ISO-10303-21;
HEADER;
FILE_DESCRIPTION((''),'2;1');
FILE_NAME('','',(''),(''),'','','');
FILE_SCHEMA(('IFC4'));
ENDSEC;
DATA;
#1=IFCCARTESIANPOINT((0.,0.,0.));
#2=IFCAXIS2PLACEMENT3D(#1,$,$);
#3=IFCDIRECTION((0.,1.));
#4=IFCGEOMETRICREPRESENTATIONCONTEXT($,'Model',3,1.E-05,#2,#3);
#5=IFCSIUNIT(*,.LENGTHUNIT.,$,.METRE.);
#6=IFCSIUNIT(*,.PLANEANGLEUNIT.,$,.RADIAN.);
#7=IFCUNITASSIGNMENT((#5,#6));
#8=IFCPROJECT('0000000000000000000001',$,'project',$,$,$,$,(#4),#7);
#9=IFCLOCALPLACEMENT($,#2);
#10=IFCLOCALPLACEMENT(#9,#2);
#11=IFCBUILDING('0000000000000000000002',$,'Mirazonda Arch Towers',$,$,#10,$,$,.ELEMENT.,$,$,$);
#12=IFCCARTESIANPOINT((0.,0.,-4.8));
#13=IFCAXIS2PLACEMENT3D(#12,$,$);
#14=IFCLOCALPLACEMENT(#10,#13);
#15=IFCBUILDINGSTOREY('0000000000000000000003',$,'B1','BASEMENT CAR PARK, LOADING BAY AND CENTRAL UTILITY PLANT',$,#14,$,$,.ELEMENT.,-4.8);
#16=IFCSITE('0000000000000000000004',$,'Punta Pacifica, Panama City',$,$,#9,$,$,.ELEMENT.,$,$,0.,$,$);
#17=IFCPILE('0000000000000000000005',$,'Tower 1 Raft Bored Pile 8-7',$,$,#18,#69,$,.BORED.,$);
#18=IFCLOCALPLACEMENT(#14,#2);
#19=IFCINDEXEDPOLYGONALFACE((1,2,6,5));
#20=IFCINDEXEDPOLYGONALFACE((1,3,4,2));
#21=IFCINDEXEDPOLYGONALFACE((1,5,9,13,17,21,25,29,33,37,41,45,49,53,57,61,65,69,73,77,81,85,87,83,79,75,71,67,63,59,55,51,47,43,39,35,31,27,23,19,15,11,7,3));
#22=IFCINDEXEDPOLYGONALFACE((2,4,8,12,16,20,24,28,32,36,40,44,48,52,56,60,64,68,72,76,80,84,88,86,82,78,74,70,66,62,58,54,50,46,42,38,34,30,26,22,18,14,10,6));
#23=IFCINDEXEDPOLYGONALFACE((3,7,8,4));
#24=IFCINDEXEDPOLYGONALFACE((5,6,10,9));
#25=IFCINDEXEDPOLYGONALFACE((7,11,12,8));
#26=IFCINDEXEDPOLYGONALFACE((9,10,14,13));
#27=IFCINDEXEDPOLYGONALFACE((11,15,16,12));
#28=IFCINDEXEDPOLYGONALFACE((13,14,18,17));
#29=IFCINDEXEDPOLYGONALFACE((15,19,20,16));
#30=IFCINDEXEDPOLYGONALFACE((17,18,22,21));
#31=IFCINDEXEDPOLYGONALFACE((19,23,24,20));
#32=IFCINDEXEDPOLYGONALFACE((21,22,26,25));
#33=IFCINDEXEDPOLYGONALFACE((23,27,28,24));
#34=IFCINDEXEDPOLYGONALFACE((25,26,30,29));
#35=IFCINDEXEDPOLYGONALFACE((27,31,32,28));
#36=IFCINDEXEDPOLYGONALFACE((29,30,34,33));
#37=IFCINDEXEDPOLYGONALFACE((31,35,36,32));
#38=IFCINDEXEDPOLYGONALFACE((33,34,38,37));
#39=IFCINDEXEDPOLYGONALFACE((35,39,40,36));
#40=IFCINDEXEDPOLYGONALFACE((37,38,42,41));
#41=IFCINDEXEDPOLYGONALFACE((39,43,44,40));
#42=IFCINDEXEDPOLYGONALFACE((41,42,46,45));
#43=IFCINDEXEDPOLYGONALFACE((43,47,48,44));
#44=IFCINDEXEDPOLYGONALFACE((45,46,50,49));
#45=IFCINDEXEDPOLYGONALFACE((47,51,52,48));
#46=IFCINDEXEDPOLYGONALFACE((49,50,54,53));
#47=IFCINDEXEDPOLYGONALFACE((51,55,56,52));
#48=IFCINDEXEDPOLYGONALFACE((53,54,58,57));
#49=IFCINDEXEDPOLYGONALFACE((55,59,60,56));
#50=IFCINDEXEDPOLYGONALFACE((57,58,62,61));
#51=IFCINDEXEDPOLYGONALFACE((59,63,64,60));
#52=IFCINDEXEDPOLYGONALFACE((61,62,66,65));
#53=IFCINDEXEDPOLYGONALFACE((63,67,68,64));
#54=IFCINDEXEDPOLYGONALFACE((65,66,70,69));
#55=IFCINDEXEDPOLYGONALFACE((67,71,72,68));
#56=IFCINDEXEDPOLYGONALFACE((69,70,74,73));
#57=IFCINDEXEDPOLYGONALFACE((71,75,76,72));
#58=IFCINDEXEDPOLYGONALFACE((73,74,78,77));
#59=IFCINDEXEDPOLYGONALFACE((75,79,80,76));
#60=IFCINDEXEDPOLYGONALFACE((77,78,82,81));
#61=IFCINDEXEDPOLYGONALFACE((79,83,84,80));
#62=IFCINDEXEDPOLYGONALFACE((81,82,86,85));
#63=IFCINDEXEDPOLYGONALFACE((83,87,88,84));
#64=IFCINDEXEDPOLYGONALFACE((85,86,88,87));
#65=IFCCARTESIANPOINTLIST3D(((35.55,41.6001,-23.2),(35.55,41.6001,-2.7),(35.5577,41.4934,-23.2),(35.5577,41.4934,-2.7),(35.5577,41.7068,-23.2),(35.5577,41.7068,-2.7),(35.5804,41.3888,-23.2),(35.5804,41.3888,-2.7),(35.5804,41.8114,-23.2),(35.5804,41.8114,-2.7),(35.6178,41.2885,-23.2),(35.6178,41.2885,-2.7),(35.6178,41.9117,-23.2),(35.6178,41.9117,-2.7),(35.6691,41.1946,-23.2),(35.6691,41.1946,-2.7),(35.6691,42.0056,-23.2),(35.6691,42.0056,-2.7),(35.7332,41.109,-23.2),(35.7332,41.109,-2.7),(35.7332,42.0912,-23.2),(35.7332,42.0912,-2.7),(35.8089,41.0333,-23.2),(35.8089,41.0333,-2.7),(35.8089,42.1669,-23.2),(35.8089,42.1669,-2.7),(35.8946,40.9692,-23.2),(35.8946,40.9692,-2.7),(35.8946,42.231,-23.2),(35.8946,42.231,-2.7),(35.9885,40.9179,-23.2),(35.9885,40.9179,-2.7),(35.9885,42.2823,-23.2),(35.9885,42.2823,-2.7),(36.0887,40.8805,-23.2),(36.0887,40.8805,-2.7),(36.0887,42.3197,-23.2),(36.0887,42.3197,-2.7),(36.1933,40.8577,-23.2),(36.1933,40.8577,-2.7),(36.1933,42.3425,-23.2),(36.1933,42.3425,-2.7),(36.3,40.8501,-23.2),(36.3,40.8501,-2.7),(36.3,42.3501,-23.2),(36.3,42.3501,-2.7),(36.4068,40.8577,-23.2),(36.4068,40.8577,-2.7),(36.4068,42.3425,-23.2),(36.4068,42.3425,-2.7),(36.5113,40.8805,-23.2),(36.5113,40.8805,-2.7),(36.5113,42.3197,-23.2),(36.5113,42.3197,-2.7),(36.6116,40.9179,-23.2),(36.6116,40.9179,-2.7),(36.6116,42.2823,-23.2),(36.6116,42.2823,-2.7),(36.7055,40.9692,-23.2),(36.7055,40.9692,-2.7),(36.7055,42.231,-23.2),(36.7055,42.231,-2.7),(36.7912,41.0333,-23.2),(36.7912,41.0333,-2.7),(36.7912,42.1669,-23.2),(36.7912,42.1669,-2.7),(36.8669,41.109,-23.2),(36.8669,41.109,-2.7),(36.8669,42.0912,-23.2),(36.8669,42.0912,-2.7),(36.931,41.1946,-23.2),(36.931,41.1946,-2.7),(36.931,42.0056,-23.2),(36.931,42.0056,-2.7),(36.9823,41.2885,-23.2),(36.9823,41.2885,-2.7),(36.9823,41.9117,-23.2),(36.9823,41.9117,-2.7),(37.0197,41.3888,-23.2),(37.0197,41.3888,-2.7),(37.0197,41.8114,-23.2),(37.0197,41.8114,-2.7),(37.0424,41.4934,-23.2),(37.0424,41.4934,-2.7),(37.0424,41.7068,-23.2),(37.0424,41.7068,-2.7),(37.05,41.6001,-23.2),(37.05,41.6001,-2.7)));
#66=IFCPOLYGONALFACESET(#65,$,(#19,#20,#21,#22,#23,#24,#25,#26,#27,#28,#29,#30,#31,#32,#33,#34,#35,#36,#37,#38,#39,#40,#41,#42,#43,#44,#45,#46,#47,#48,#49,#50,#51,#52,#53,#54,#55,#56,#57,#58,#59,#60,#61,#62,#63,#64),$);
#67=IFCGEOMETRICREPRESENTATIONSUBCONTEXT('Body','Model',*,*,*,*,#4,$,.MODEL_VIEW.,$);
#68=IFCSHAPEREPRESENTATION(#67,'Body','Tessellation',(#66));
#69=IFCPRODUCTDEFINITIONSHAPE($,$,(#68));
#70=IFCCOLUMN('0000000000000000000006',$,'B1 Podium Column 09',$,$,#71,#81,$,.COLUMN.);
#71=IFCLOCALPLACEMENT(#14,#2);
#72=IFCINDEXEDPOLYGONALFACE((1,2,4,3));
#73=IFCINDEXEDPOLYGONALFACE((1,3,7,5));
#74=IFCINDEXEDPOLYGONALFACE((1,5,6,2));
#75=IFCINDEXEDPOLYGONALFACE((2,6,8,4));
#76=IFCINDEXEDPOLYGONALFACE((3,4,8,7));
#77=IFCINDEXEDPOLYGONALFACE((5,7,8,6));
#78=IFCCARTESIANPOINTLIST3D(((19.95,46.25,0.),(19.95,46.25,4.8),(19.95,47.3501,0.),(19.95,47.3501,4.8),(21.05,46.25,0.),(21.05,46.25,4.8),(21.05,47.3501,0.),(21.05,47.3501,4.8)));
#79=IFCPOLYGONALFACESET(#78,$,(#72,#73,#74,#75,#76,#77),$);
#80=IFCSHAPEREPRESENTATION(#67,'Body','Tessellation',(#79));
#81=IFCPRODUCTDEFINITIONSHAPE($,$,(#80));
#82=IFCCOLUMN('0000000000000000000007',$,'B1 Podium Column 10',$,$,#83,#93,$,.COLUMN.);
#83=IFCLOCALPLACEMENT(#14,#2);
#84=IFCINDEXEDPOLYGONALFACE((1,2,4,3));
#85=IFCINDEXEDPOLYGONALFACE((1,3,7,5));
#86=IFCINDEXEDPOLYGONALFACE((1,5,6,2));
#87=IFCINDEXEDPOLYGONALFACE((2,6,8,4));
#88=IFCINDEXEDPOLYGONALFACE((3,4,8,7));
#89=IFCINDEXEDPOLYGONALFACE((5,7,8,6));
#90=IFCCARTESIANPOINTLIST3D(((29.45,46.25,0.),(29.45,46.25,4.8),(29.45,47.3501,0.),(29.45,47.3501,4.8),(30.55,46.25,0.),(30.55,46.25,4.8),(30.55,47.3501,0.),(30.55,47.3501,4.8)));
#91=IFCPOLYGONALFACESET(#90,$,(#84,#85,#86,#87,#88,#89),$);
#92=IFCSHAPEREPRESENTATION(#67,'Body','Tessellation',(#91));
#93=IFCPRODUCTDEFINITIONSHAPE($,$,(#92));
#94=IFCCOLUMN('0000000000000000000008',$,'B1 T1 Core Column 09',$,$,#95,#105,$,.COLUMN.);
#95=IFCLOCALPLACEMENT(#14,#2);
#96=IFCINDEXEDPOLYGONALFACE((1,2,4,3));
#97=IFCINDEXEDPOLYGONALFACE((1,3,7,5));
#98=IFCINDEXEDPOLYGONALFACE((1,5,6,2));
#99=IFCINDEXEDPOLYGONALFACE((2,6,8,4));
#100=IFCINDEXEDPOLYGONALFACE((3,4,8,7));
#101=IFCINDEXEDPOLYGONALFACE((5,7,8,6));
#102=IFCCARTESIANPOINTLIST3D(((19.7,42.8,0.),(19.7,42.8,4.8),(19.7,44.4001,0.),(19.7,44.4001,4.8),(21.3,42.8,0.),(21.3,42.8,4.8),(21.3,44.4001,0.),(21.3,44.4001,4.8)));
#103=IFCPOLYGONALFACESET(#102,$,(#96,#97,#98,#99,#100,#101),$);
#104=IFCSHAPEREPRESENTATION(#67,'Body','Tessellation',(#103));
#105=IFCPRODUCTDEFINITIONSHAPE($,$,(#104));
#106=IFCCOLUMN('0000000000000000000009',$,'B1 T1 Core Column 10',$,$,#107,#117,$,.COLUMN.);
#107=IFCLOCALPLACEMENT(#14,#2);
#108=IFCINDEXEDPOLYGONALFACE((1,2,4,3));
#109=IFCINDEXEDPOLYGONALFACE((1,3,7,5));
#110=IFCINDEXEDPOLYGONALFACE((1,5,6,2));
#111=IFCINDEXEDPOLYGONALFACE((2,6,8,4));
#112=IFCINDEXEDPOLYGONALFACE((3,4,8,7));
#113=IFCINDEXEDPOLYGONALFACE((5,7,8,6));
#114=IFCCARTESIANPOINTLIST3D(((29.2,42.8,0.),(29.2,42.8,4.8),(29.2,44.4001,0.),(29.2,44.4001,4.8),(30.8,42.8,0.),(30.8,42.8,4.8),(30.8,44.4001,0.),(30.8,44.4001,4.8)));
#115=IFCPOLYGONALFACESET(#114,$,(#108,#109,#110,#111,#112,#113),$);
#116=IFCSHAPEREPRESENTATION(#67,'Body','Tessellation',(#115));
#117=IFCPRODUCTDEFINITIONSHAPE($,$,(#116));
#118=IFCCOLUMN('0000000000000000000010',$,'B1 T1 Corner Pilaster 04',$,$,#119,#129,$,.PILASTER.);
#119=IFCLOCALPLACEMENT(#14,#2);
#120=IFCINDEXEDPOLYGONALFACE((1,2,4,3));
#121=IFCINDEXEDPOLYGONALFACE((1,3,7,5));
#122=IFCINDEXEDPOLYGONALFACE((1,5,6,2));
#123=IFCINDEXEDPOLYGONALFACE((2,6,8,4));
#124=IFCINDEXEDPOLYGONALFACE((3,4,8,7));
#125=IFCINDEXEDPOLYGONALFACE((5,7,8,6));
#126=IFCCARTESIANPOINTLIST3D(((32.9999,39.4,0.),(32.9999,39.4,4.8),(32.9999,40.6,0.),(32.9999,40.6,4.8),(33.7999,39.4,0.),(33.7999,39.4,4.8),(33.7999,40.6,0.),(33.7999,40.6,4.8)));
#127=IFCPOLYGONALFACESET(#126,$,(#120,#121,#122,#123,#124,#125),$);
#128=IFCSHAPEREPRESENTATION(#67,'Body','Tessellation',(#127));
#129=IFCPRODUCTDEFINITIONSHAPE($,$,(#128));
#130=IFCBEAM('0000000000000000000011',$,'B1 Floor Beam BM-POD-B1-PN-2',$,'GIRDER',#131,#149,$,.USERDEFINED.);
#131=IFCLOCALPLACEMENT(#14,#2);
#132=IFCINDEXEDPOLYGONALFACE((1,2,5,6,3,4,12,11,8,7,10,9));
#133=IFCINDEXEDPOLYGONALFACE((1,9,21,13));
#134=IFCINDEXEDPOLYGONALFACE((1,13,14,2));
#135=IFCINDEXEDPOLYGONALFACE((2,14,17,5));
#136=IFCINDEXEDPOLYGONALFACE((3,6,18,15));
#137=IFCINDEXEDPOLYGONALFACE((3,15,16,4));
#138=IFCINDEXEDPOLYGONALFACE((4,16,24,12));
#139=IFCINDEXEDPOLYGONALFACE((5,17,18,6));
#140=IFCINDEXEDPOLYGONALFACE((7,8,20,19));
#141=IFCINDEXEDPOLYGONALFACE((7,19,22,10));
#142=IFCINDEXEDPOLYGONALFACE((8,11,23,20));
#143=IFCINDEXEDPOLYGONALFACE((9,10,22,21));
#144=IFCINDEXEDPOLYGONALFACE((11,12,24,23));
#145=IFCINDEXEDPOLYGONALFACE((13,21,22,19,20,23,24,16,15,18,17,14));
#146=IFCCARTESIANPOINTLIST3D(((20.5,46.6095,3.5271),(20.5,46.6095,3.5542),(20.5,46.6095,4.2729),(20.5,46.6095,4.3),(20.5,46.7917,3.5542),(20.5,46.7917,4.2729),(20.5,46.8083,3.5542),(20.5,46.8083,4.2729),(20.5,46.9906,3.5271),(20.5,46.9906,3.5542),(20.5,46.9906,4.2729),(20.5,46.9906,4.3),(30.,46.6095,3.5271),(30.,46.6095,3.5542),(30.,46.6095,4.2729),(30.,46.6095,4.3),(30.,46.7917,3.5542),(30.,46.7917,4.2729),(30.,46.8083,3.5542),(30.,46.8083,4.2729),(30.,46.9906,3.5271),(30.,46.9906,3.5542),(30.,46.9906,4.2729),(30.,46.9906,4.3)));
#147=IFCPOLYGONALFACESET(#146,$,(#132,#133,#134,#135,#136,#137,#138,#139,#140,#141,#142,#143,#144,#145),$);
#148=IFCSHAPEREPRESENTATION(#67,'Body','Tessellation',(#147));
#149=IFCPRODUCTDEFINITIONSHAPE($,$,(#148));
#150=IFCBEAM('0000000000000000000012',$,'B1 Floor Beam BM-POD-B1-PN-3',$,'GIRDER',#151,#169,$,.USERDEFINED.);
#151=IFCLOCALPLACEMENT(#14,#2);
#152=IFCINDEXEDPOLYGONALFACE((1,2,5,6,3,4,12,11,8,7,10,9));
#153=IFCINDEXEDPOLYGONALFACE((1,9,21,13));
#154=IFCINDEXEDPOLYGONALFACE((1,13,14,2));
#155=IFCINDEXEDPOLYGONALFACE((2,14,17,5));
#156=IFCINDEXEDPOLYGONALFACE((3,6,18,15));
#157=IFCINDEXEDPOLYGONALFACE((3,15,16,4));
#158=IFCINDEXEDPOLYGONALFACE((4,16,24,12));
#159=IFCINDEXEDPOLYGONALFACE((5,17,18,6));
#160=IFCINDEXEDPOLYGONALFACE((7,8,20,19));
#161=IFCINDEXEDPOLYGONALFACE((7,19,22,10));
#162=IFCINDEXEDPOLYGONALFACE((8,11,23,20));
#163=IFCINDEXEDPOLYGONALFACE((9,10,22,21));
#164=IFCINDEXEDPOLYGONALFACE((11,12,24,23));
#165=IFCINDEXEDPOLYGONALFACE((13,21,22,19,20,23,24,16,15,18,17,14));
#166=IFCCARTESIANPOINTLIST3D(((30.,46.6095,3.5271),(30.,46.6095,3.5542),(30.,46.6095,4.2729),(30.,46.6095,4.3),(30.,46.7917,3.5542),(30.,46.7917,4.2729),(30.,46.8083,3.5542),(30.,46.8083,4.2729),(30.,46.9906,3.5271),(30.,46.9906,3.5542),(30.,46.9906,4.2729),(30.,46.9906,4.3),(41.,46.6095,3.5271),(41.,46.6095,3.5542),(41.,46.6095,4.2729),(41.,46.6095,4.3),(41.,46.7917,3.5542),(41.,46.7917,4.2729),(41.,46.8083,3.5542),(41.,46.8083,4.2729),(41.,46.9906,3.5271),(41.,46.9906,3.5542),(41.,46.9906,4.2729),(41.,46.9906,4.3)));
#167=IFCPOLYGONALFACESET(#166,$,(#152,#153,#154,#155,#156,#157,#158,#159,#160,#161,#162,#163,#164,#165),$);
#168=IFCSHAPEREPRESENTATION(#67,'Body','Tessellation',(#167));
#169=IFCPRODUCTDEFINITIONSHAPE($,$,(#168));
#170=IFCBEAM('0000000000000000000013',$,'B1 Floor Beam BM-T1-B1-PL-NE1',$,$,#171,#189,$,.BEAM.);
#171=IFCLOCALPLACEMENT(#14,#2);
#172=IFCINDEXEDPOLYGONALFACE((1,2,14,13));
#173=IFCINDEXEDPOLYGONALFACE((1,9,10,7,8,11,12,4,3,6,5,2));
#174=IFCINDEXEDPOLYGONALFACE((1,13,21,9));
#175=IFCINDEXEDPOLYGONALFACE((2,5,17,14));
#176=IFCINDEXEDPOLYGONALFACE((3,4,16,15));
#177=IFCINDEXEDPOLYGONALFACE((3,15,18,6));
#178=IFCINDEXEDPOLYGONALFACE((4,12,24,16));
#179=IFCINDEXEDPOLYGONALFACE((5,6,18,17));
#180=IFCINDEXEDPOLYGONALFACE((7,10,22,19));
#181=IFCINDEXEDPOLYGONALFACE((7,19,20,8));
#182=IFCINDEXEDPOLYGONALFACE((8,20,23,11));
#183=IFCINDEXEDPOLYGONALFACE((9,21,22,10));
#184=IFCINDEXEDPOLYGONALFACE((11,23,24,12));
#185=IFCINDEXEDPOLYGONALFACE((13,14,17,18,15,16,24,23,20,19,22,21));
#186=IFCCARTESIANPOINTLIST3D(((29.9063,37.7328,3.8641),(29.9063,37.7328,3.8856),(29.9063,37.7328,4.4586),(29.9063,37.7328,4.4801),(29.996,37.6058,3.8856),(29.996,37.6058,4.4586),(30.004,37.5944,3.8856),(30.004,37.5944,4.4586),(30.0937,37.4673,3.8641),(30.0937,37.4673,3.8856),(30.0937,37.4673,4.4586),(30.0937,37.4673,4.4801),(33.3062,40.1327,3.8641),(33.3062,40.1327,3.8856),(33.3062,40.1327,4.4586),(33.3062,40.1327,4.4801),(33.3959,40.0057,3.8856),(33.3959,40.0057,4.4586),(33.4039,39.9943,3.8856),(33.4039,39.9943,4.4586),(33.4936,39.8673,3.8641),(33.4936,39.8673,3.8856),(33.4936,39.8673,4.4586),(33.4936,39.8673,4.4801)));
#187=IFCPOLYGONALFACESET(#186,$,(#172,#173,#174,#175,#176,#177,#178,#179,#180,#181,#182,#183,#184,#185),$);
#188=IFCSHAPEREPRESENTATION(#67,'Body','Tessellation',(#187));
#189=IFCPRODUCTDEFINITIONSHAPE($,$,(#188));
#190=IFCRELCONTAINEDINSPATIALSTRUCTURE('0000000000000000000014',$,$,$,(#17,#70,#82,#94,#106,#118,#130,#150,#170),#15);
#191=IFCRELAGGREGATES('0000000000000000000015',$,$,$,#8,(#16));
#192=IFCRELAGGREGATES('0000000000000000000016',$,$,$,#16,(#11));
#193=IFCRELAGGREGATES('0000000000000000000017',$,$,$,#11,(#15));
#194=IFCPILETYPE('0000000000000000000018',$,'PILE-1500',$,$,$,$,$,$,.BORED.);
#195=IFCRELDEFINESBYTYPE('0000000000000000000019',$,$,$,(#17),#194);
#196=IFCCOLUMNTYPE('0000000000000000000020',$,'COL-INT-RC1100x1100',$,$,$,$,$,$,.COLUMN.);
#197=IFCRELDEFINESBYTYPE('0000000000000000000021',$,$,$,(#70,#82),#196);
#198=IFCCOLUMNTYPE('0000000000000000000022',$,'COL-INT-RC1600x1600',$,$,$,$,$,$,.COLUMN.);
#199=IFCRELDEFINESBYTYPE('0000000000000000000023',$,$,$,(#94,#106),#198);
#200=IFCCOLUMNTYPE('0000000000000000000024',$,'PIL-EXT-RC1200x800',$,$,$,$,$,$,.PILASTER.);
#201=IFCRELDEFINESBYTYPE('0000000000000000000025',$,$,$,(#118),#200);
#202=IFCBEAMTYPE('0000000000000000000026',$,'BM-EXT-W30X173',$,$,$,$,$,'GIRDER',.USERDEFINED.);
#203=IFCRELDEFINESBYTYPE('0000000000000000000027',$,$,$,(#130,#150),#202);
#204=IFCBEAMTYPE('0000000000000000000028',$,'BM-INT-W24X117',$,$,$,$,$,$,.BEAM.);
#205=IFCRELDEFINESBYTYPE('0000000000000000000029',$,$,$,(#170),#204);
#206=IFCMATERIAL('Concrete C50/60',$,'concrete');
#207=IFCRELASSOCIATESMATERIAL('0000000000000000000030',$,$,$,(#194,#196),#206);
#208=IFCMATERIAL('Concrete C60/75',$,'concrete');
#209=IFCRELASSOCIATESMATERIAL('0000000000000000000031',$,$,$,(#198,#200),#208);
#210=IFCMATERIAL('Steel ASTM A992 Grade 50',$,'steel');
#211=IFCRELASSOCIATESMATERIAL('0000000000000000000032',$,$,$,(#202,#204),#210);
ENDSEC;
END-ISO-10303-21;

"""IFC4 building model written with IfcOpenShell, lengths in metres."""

from ifc_helpers import new_model, si_unit, direction, frame, origin, origin_2d, place, context, subcontext, project, spatial, rectangle, circle, i_section, extrude, material, material_profile, profile_set, type_object, element, save


model = new_model("IFC4")

# Units and contexts
model_context = context("Model", 3, precision=1e-05, world=origin(), true_north=direction((0.0, 1.0)))
body_context = subcontext(model_context, "Body", "Model", "MODEL_VIEW")
ifc_project = project(units=[si_unit("LENGTHUNIT", "METRE"), si_unit("PLANEANGLEUNIT", "RADIAN")], contexts=[model_context])

# Site, building, storey
site_placement = place(None, origin())
site = spatial("IfcSite", under=ifc_project, at=site_placement, Name="Punta Pacifica, Panama City", CompositionType="ELEMENT", RefElevation=0.0)
building_placement = place(site_placement, origin())
building = spatial("IfcBuilding", under=site, at=building_placement, Name="Mirazonda Arch Towers", CompositionType="ELEMENT")
storey_placement = place(building_placement, frame((0.0, 0.0, -4.8)))
storey = spatial("IfcBuildingStorey", under=building, at=storey_placement, Name="B1", Description="BASEMENT CAR PARK, LOADING BAY AND CENTRAL UTILITY PLANT", CompositionType="ELEMENT", Elevation=-4.8)

# Pile
ifc_material_1 = material(Name="Concrete C50/60", Category="concrete")
ifc_material_profile_1 = material_profile(ifc_material_1, circle(Radius=0.75, at=origin_2d()), Name="BORED-D1500")
ifc_profile_set_1 = profile_set([ifc_material_profile_1], Name="Concrete C50/60")
pile_type = type_object("IfcPileType", Name="PILE-1500", PredefinedType="BORED", material=ifc_profile_set_1)
for number, where, z_axis, x_axis, name in (
    (1, (36.3, 41.6001, -2.7), (0.0, 0.0, -1.0), (1.0, 0.0, 0.0), "Tower 1 Raft Bored Pile 8-7"),
):
    element("IfcPile", number, at=place(storey_placement, frame(where, z_axis=z_axis, x_axis=x_axis)), inside=storey, type_object=pile_type, Name=name, PredefinedType="BORED", context=body_context, shape_type="SweptSolid", body=[
        extrude(circle(Radius=0.75, at=origin_2d()), origin(), (0.0, 0.0, 1.0), 20.5),
    ])

# Columns
ifc_material_profile_2 = material_profile(ifc_material_1, rectangle(XDim=1.1001, YDim=1.1001, at=origin_2d()), Name="RC1100x1100")
ifc_profile_set_2 = profile_set([ifc_material_profile_2], Name="Concrete C50/60")
column_type_1 = type_object("IfcColumnType", Name="COL-INT-RC1100x1100", PredefinedType="COLUMN", material=ifc_profile_set_2)
for number, where, z_axis, x_axis, name in (
    (2, (20.5, 46.8, 0.0), (0.0, 0.0, 1.0), (1.0, 0.0, 0.0), "B1 Podium Column 09"),
    (3, (30.0, 46.8, 0.0), (0.0, 0.0, 1.0), (1.0, 0.0, 0.0), "B1 Podium Column 10"),
):
    element("IfcColumn", number, at=place(storey_placement, frame(where, z_axis=z_axis, x_axis=x_axis)), inside=storey, type_object=column_type_1, Name=name, PredefinedType="COLUMN", context=body_context, shape_type="SweptSolid", body=[
        extrude(rectangle(XDim=1.1001, YDim=1.1001, at=origin_2d()), origin(), (0.0, 0.0, 1.0), 4.8),
    ])
ifc_material_2 = material(Name="Concrete C60/75", Category="concrete")
ifc_material_profile_3 = material_profile(ifc_material_2, rectangle(XDim=1.6001, YDim=1.6001, at=origin_2d()), Name="RC1600x1600")
ifc_profile_set_3 = profile_set([ifc_material_profile_3], Name="Concrete C60/75")
column_type_2 = type_object("IfcColumnType", Name="COL-INT-RC1600x1600", PredefinedType="COLUMN", material=ifc_profile_set_3)
for number, where, z_axis, x_axis, name in (
    (4, (20.5, 43.6001, 0.0), (0.0, 0.0, 1.0), (1.0, 0.0, 0.0), "B1 T1 Core Column 09"),
    (5, (30.0, 43.6001, 0.0), (0.0, 0.0, 1.0), (1.0, 0.0, 0.0), "B1 T1 Core Column 10"),
):
    element("IfcColumn", number, at=place(storey_placement, frame(where, z_axis=z_axis, x_axis=x_axis)), inside=storey, type_object=column_type_2, Name=name, PredefinedType="COLUMN", context=body_context, shape_type="SweptSolid", body=[
        extrude(rectangle(XDim=1.6001, YDim=1.6001, at=origin_2d()), origin(), (0.0, 0.0, 1.0), 4.8),
    ])
ifc_material_profile_4 = material_profile(ifc_material_2, rectangle(XDim=0.8, YDim=1.2, at=origin_2d()), Name="RC1200x800")
ifc_profile_set_4 = profile_set([ifc_material_profile_4], Name="Concrete C60/75")
column_type_3 = type_object("IfcColumnType", Name="PIL-EXT-RC1200x800", PredefinedType="PILASTER", material=ifc_profile_set_4)
column_placement = place(storey_placement, frame((33.3999, 40.0, 0.0), z_axis=(0.0, 0.0, 1.0), x_axis=(1.0, 0.0, 0.0)))
element("IfcColumn", 6, at=column_placement, inside=storey, type_object=column_type_3, Name="B1 T1 Corner Pilaster 04", PredefinedType="PILASTER", context=body_context, shape_type="SweptSolid", body=[
    extrude(rectangle(XDim=0.8, YDim=1.2, at=origin_2d()), origin(), (0.0, 0.0, 1.0), 4.8),
])

# Beams
ifc_material_3 = material(Name="Steel ASTM A992 Grade 50", Category="steel")
ifc_material_profile_5 = material_profile(ifc_material_3, i_section(OverallWidth=0.3811, OverallDepth=0.7729, WebThickness=0.0166, FlangeThickness=0.0271, at=origin_2d()), Name="W30X173")
ifc_profile_set_5 = profile_set([ifc_material_profile_5], Name="Steel ASTM A992 Grade 50")
beam_type_1 = type_object("IfcBeamType", Name="BM-EXT-W30X173", ElementType="GIRDER", PredefinedType="USERDEFINED", material=ifc_profile_set_5)
beam_1_placement = place(storey_placement, frame((20.5, 46.8, 3.9136), z_axis=(1.0, 0.0, 0.0), x_axis=(0.0, 1.0, 0.0)))
element("IfcBeam", 7, at=beam_1_placement, inside=storey, type_object=beam_type_1, Name="B1 Floor Beam BM-POD-B1-PN-2", ObjectType="GIRDER", PredefinedType="USERDEFINED", context=body_context, shape_type="SweptSolid", body=[
    extrude(i_section(OverallWidth=0.3811, OverallDepth=0.7729, WebThickness=0.0166, FlangeThickness=0.0271, at=origin_2d()), origin(), (0.0, 0.0, 1.0), 9.5),
])
beam_2_placement = place(storey_placement, frame((30.0, 46.8, 3.9136), z_axis=(1.0, 0.0, 0.0), x_axis=(0.0, 1.0, 0.0)))
element("IfcBeam", 8, at=beam_2_placement, inside=storey, type_object=beam_type_1, Name="B1 Floor Beam BM-POD-B1-PN-3", ObjectType="GIRDER", PredefinedType="USERDEFINED", context=body_context, shape_type="SweptSolid", body=[
    extrude(i_section(OverallWidth=0.3811, OverallDepth=0.7729, WebThickness=0.0166, FlangeThickness=0.0271, at=origin_2d()), origin(), (0.0, 0.0, 1.0), 11.0),
])
ifc_material_profile_6 = material_profile(ifc_material_3, i_section(OverallWidth=0.325, OverallDepth=0.616, WebThickness=0.0139, FlangeThickness=0.0215, at=origin_2d()), Name="W24X117")
ifc_profile_set_6 = profile_set([ifc_material_profile_6], Name="Steel ASTM A992 Grade 50")
beam_type_2 = type_object("IfcBeamType", Name="BM-INT-W24X117", PredefinedType="BEAM", material=ifc_profile_set_6)
beam_3_placement = place(storey_placement, frame((33.3999, 40.0, 4.1721), z_axis=(-0.816971, -0.576679, 0.0), x_axis=(0.576679, -0.816971, 0.0)))
element("IfcBeam", 9, at=beam_3_placement, inside=storey, type_object=beam_type_2, Name="B1 Floor Beam BM-T1-B1-PL-NE1", PredefinedType="BEAM", context=body_context, shape_type="SweptSolid", body=[
    extrude(i_section(OverallWidth=0.325, OverallDepth=0.616, WebThickness=0.0139, FlangeThickness=0.0215, at=origin_2d()), origin(), (0.0, 0.0, 1.0), 4.1616),
])

save(model, "model.ifc")
